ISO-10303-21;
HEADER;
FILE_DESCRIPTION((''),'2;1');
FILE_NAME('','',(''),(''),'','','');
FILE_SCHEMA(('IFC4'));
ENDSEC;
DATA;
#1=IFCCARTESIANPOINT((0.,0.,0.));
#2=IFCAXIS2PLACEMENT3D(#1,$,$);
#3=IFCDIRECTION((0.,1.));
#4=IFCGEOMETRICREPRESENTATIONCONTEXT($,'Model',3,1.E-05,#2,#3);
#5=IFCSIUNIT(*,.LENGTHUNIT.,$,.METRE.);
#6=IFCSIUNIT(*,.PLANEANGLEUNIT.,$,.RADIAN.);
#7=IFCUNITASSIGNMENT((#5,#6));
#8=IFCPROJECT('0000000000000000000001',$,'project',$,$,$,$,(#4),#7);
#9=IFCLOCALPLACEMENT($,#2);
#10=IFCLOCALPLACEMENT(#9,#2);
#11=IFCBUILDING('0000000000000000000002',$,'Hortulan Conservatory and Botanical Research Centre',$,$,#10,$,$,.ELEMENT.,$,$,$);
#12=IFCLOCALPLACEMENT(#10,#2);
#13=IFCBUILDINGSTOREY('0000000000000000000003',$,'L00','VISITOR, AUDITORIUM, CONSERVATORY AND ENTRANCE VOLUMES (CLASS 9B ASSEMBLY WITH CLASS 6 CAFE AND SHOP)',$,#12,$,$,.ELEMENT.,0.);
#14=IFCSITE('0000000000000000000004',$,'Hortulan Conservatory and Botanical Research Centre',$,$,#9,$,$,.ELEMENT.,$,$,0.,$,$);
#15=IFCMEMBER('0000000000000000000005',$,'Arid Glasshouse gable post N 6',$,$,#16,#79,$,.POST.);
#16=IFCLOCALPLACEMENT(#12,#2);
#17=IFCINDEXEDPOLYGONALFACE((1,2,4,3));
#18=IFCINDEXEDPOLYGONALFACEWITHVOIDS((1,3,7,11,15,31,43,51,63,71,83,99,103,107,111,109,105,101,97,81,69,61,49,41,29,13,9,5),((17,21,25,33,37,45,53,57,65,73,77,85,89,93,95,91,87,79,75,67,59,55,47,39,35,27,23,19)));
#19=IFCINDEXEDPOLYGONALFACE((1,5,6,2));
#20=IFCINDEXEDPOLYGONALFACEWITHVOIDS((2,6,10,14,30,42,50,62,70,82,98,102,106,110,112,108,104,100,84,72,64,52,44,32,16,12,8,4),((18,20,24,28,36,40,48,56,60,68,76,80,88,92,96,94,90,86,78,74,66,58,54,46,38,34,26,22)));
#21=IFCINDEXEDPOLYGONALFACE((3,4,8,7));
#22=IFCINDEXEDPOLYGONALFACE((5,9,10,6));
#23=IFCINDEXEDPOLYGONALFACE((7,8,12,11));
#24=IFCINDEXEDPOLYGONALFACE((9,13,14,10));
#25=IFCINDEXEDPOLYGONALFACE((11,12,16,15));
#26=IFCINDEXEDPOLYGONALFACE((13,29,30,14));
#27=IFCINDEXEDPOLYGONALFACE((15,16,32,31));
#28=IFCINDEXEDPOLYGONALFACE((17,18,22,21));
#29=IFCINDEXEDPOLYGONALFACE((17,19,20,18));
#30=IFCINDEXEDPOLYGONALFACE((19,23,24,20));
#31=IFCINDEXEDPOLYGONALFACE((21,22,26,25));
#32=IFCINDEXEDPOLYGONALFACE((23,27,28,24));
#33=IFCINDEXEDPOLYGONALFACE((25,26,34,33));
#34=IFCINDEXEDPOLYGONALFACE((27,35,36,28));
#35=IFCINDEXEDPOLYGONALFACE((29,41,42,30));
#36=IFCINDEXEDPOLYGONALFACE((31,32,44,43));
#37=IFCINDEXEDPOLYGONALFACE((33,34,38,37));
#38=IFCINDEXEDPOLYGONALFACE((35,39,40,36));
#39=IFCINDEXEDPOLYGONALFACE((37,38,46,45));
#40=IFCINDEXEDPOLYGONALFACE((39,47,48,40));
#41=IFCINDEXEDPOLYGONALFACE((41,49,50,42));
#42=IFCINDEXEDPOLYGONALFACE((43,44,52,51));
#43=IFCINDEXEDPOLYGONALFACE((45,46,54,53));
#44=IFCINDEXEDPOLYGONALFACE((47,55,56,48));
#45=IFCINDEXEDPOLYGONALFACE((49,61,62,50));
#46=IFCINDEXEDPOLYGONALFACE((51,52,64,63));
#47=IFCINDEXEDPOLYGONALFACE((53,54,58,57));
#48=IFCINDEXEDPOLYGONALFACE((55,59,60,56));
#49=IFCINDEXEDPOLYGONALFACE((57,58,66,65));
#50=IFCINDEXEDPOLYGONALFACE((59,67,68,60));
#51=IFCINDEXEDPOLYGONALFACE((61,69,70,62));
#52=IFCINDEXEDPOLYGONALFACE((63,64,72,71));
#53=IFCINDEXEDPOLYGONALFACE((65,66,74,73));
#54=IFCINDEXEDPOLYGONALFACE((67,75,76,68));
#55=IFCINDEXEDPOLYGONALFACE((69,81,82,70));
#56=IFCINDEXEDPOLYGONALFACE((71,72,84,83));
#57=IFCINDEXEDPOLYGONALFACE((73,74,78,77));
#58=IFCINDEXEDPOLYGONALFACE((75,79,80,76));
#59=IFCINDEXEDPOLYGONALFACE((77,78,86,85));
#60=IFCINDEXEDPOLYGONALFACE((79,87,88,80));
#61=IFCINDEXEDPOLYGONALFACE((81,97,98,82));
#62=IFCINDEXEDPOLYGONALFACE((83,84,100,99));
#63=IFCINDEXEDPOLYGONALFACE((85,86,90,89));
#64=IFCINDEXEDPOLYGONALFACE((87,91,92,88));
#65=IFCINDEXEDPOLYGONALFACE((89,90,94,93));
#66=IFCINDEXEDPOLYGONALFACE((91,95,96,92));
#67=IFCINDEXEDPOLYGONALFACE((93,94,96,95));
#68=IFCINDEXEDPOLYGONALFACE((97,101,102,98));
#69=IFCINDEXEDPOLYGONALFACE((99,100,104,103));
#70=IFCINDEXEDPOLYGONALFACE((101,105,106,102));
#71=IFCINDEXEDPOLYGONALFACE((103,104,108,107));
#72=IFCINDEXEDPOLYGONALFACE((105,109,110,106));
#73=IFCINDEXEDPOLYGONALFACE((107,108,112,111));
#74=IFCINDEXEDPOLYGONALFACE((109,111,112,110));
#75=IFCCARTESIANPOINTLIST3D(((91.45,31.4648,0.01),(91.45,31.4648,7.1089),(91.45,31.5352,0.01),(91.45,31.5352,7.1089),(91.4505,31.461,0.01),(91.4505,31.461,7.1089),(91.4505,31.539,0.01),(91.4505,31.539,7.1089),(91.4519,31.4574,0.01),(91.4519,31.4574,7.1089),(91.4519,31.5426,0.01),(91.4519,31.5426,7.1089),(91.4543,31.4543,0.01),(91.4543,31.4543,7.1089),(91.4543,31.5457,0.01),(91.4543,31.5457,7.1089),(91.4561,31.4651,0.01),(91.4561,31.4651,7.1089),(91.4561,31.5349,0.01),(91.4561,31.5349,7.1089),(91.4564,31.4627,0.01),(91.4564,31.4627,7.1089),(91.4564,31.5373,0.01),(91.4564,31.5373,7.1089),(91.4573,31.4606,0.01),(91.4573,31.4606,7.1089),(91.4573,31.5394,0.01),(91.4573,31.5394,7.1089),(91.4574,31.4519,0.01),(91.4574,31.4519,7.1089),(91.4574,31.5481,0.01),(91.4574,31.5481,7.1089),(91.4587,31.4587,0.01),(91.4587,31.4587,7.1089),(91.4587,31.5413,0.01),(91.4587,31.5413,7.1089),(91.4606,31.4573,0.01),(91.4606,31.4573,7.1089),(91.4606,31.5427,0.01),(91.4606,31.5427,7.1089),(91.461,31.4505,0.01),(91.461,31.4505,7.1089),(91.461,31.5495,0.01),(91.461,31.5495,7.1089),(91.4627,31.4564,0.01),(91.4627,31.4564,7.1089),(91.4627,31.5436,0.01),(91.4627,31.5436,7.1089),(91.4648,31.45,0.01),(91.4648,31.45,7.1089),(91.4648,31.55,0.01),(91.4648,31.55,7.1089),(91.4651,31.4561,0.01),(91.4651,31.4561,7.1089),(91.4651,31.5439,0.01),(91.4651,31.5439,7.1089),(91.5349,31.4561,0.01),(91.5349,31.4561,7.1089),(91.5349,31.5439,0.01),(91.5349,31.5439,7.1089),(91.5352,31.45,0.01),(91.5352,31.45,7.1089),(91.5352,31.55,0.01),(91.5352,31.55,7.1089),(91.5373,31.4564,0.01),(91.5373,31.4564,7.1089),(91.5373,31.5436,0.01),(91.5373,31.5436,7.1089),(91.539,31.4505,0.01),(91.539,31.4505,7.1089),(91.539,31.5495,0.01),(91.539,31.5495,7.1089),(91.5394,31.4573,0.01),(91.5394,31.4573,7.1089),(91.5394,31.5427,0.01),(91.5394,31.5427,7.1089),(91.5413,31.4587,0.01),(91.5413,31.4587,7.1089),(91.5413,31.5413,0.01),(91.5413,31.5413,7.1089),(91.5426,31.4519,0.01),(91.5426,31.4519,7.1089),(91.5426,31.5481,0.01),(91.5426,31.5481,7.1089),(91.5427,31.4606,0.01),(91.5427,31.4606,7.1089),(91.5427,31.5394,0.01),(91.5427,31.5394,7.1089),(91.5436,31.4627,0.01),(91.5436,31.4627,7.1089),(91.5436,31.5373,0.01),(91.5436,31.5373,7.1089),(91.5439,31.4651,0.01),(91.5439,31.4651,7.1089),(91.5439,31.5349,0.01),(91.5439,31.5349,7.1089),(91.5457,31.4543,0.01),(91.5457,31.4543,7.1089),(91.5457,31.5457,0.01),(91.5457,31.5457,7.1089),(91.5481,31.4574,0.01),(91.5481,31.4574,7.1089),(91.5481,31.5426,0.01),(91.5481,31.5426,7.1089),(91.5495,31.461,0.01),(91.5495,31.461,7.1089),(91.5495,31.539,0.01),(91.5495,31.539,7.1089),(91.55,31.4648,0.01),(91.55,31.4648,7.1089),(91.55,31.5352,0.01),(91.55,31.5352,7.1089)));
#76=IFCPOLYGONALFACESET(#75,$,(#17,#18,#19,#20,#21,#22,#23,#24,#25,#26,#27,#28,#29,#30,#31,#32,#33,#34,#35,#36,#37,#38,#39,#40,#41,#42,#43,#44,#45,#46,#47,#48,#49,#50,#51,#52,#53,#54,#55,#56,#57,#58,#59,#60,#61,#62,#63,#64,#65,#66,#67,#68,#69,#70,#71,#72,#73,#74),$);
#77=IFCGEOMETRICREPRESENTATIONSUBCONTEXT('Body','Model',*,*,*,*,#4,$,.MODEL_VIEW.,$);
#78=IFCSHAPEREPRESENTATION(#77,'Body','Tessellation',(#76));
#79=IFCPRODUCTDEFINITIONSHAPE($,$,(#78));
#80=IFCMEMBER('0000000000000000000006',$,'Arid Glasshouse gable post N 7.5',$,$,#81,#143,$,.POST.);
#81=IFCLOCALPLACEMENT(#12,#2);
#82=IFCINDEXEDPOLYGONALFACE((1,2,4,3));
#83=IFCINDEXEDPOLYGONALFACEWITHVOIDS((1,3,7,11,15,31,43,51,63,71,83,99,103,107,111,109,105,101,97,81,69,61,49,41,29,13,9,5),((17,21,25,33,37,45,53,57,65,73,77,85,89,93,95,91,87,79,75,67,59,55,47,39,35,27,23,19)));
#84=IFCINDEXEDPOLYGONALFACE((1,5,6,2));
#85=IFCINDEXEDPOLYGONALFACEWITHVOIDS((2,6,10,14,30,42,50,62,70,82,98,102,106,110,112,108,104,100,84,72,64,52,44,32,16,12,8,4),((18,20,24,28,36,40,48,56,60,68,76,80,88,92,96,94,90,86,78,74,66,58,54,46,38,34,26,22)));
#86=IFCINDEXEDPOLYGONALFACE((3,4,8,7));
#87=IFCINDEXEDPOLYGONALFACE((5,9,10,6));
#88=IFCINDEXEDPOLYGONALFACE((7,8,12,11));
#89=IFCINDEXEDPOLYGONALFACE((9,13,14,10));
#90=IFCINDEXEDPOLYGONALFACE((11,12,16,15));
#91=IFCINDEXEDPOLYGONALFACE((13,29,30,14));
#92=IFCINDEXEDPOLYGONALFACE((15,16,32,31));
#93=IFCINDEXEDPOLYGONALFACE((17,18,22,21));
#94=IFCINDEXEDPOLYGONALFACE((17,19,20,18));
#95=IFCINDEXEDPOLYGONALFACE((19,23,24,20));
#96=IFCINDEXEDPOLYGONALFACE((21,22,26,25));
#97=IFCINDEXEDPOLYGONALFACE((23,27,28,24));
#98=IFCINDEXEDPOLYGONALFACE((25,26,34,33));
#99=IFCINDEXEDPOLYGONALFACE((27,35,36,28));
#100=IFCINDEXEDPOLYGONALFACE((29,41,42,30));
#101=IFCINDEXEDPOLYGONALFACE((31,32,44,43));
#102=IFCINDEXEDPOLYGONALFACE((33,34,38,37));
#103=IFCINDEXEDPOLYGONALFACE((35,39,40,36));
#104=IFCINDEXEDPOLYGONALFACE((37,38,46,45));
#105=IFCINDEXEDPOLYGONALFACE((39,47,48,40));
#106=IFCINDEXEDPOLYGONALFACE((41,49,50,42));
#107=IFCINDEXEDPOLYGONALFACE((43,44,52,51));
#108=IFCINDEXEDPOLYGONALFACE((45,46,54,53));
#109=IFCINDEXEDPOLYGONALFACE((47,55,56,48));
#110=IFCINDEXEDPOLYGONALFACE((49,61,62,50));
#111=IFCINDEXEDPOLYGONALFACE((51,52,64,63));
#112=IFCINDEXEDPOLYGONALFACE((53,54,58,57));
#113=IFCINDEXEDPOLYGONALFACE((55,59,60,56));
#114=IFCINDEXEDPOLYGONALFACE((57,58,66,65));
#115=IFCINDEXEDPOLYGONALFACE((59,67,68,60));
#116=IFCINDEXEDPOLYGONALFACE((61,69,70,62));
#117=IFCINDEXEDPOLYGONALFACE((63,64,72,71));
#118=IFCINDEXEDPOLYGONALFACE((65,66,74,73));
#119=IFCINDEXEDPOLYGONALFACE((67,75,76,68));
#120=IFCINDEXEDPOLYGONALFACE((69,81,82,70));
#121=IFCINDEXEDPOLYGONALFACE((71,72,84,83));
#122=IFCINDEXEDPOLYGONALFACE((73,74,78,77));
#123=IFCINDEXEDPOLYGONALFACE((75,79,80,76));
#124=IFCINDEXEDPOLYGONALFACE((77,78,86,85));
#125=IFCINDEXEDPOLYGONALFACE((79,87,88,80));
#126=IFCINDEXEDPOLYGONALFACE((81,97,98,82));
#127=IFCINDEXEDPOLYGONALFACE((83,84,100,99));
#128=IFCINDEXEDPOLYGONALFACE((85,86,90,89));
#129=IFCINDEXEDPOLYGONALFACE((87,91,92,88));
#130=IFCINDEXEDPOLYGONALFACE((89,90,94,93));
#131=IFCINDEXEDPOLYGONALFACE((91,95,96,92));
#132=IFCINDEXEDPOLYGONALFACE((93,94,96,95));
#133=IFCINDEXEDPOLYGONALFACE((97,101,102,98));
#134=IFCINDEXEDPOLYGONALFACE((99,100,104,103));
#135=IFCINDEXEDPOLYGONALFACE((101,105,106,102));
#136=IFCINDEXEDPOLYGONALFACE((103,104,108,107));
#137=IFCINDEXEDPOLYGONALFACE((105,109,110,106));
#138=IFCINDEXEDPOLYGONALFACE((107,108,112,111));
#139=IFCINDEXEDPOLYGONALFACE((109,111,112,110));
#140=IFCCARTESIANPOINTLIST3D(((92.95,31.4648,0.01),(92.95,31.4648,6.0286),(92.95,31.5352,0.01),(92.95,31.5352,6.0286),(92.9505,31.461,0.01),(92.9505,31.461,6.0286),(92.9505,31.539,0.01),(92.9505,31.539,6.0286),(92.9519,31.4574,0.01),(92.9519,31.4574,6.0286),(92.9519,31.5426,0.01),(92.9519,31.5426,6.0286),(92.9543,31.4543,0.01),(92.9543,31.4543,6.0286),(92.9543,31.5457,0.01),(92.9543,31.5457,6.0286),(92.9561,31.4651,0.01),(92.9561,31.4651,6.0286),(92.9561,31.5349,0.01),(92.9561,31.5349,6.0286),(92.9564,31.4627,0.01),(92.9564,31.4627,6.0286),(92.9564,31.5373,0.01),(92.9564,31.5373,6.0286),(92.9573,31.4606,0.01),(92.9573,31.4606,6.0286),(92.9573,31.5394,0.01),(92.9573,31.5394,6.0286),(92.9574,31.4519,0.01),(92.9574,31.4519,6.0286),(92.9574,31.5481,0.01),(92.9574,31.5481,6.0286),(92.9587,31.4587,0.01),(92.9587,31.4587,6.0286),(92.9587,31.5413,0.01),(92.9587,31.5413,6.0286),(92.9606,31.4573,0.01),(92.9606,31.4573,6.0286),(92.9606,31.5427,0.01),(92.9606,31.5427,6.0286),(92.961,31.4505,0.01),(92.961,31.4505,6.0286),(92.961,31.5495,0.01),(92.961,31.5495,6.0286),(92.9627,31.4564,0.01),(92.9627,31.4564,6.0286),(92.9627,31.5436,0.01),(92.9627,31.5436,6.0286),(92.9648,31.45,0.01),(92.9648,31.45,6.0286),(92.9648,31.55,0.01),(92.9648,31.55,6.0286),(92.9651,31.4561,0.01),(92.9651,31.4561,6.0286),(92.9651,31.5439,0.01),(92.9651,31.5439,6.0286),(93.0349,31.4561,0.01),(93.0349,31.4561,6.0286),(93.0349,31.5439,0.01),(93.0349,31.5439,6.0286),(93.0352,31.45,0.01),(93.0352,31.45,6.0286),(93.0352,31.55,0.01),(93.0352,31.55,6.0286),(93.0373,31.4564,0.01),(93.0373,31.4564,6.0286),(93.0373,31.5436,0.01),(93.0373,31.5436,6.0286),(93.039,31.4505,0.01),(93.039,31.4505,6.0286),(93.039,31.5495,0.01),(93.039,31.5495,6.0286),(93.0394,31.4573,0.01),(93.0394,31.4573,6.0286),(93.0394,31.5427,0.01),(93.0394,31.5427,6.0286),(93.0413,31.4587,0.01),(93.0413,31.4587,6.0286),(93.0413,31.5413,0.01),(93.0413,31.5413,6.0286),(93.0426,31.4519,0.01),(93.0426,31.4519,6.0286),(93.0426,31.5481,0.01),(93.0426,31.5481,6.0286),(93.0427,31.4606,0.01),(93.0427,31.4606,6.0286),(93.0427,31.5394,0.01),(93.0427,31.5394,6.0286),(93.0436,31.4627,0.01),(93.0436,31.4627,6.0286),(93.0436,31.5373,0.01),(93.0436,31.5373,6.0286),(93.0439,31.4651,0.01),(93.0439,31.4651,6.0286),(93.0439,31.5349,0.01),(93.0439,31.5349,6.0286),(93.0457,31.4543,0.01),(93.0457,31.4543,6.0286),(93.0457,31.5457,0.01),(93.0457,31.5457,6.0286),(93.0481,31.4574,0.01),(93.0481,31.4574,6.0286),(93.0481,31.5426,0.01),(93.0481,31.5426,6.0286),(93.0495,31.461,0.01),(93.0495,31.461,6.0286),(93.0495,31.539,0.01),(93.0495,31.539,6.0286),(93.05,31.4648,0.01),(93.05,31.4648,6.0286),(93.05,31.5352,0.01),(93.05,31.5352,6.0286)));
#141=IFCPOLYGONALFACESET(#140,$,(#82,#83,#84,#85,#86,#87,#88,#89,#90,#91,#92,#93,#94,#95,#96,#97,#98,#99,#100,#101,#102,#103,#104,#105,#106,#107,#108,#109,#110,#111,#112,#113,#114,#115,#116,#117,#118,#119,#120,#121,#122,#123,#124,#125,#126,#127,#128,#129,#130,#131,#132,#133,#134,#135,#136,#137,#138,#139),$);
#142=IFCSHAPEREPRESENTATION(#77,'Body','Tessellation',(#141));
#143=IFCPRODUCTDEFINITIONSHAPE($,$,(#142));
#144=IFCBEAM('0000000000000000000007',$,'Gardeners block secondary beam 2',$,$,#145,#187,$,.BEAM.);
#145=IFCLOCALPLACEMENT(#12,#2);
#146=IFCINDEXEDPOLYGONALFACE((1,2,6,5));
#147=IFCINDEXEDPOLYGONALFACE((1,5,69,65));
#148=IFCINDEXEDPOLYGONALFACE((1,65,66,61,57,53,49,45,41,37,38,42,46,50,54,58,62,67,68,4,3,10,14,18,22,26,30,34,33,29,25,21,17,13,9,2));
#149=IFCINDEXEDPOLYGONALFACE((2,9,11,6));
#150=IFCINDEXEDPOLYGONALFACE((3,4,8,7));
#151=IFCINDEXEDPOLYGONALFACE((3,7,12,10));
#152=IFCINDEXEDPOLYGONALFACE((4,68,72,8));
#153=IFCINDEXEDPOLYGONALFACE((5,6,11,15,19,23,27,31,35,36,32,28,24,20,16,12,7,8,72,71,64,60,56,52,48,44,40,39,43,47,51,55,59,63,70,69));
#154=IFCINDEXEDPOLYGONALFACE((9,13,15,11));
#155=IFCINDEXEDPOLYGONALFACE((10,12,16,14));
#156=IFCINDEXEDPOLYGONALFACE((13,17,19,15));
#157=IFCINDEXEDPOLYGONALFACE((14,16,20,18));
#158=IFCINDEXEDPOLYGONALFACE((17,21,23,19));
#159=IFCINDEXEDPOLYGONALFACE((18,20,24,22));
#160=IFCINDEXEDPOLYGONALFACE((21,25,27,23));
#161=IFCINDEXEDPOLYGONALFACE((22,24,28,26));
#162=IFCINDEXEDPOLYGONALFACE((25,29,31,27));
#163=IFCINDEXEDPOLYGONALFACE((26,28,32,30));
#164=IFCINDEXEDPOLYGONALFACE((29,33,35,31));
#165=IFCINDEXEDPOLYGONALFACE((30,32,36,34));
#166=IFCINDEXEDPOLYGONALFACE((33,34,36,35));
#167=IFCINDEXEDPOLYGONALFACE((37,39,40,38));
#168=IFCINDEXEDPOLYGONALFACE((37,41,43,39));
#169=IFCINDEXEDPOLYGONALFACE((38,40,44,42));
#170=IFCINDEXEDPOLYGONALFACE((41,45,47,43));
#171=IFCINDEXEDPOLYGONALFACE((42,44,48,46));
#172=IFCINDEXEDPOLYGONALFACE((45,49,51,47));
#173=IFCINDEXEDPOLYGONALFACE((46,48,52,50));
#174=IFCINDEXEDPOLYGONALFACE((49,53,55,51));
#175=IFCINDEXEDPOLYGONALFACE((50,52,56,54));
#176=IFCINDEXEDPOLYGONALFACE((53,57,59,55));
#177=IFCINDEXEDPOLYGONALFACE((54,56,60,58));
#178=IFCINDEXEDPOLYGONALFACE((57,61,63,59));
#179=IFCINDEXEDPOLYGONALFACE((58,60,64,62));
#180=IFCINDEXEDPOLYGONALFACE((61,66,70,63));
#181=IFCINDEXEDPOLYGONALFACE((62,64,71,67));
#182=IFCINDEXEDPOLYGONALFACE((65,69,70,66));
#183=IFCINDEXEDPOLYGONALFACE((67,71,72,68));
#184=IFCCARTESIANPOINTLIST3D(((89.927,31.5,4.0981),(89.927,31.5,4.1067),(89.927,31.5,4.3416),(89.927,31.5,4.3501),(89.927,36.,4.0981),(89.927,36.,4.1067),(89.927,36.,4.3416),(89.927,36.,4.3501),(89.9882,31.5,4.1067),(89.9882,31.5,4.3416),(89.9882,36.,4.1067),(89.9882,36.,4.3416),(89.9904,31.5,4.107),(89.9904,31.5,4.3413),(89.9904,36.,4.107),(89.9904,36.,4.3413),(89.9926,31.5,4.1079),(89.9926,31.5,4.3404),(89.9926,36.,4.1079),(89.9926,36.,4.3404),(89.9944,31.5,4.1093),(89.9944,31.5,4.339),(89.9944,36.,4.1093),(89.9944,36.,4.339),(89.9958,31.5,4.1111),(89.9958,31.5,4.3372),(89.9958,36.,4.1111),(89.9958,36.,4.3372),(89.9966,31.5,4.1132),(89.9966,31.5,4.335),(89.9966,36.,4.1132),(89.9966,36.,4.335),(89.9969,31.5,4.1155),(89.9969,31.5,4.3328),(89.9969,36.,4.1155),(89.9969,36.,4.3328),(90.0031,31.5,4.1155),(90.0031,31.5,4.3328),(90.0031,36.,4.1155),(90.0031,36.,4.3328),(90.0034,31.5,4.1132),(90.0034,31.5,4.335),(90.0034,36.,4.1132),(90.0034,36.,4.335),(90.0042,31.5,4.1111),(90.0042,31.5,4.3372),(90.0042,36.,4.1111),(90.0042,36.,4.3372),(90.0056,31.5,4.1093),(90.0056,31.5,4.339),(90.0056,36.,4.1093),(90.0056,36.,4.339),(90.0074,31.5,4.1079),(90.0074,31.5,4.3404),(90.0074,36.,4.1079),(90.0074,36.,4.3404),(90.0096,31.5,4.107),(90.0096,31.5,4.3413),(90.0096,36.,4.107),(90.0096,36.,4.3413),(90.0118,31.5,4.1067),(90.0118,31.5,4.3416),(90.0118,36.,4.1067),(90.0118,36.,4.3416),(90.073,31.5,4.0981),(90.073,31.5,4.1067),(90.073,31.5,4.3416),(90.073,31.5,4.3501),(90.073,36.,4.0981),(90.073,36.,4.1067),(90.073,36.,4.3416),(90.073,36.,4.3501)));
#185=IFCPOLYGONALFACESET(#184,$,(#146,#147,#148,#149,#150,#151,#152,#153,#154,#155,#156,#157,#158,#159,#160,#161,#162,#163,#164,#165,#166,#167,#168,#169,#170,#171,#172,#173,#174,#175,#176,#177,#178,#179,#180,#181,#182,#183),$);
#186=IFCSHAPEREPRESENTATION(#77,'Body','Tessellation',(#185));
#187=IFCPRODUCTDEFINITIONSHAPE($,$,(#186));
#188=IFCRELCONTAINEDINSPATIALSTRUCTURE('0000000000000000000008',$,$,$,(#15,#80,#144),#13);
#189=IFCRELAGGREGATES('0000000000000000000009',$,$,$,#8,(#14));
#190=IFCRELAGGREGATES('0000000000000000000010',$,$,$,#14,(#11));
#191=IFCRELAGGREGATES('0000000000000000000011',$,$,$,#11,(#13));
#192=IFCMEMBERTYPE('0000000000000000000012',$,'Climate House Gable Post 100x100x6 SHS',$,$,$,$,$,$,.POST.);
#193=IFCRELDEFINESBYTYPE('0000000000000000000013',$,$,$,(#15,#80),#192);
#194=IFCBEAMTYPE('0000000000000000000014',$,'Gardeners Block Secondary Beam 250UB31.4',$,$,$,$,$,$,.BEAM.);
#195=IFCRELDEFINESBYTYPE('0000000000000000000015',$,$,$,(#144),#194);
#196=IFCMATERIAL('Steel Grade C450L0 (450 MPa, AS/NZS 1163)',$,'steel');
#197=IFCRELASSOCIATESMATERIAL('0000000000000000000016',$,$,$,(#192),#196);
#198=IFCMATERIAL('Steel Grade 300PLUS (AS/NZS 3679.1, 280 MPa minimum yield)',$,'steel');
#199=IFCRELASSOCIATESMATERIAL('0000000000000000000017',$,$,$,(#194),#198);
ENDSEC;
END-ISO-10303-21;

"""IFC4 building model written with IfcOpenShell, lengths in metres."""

from ifc_helpers import new_model, si_unit, direction, frame, origin, origin_2d, place, context, subcontext, project, spatial, hollow_rectangle, i_section, extrude, material, material_profile, profile_set, type_object, element, save


model = new_model("IFC4")

# Units and contexts
model_context = context("Model", 3, precision=1e-05, world=origin(), true_north=direction((0.0, 1.0)))
body_context = subcontext(model_context, "Body", "Model", "MODEL_VIEW")
ifc_project = project(units=[si_unit("LENGTHUNIT", "METRE"), si_unit("PLANEANGLEUNIT", "RADIAN")], contexts=[model_context])

# Site, building, storey
site_placement = place(None, origin())
site = spatial("IfcSite", under=ifc_project, at=site_placement, Name="Hortulan Conservatory and Botanical Research Centre", CompositionType="ELEMENT", RefElevation=0.0)
building_placement = place(site_placement, origin())
building = spatial("IfcBuilding", under=site, at=building_placement, Name="Hortulan Conservatory and Botanical Research Centre", CompositionType="ELEMENT")
storey_placement = place(building_placement, origin())
storey = spatial("IfcBuildingStorey", under=building, at=storey_placement, Name="L00", Description="VISITOR, AUDITORIUM, CONSERVATORY AND ENTRANCE VOLUMES (CLASS 9B ASSEMBLY WITH CLASS 6 CAFE AND SHOP)", CompositionType="ELEMENT", Elevation=0.0)

# Shared definitions
ifc_material_1 = material(Name="Steel Grade 300PLUS (AS/NZS 3679.1, 280 MPa minimum yield)", Category="steel")

# Members
ifc_material_2 = material(Name="Steel Grade C450L0 (450 MPa, AS/NZS 1163)", Category="steel")
ifc_material_profile_1 = material_profile(ifc_material_2, hollow_rectangle(XDim=0.1001, YDim=0.1001, WallThickness=0.0061, InnerFilletRadius=0.009, OuterFilletRadius=0.0149, at=origin_2d()), Name="100x100x6SHS")
ifc_profile_set_1 = profile_set([ifc_material_profile_1], Name="Steel Grade C450L0 (450 MPa, AS/NZS 1163)")
member_type = type_object("IfcMemberType", Name="Climate House Gable Post 100x100x6 SHS", PredefinedType="POST", material=ifc_profile_set_1)
for number, where, z_axis, x_axis, name in (
    (1, (91.5, 31.5, 0.01), (0.0, 0.0, 1.0), (1.0, 0.0, 0.0), "Arid Glasshouse gable post N 6"),
):
    element("IfcMember", number, at=place(storey_placement, frame(where, z_axis=z_axis, x_axis=x_axis)), inside=storey, type_object=member_type, Name=name, PredefinedType="POST", context=body_context, shape_type="SweptSolid", body=[
        extrude(hollow_rectangle(XDim=0.1001, YDim=0.1001, WallThickness=0.0061, InnerFilletRadius=0.009, OuterFilletRadius=0.0149, at=origin_2d()), origin(), (0.0, 0.0, 1.0), 7.0989),
    ])
member_1_placement = place(storey_placement, frame((93.0, 31.5, 0.01), z_axis=(0.0, 0.0, 1.0), x_axis=(1.0, 0.0, 0.0)))
element("IfcMember", 2, at=member_1_placement, inside=storey, type_object=member_type, Name="Arid Glasshouse gable post N 7.5", PredefinedType="POST", context=body_context, shape_type="SweptSolid", body=[
    extrude(hollow_rectangle(XDim=0.1001, YDim=0.1001, WallThickness=0.0061, InnerFilletRadius=0.009, OuterFilletRadius=0.0149, at=origin_2d()), origin(), (0.0, 0.0, 1.0), 6.0186),
])

# Beam
ifc_material_profile_2 = material_profile(ifc_material_1, i_section(OverallWidth=0.146, OverallDepth=0.252, WebThickness=0.0061, FlangeThickness=0.0085, FilletRadius=0.0088, at=origin_2d()), Name="250UB31.4")
ifc_profile_set_2 = profile_set([ifc_material_profile_2], Name="Steel Grade 300PLUS (AS/NZS 3679.1, 280 MPa minimum yield)")
beam_type_1 = type_object("IfcBeamType", Name="Gardeners Block Secondary Beam 250UB31.4", PredefinedType="BEAM", material=ifc_profile_set_2)
beam_placement = place(storey_placement, frame((90.0, 31.5, 4.2241), z_axis=(0.0, 1.0, 0.0), x_axis=(-1.0, 0.0, 0.0)))
element("IfcBeam", 3, at=beam_placement, inside=storey, type_object=beam_type_1, Name="Gardeners block secondary beam 2", PredefinedType="BEAM", context=body_context, shape_type="SweptSolid", body=[
    extrude(i_section(OverallWidth=0.146, OverallDepth=0.252, WebThickness=0.0061, FlangeThickness=0.0085, FilletRadius=0.0088, at=origin_2d()), origin(), (0.0, 0.0, 1.0), 4.5),
])

save(model, "model.ifc")
